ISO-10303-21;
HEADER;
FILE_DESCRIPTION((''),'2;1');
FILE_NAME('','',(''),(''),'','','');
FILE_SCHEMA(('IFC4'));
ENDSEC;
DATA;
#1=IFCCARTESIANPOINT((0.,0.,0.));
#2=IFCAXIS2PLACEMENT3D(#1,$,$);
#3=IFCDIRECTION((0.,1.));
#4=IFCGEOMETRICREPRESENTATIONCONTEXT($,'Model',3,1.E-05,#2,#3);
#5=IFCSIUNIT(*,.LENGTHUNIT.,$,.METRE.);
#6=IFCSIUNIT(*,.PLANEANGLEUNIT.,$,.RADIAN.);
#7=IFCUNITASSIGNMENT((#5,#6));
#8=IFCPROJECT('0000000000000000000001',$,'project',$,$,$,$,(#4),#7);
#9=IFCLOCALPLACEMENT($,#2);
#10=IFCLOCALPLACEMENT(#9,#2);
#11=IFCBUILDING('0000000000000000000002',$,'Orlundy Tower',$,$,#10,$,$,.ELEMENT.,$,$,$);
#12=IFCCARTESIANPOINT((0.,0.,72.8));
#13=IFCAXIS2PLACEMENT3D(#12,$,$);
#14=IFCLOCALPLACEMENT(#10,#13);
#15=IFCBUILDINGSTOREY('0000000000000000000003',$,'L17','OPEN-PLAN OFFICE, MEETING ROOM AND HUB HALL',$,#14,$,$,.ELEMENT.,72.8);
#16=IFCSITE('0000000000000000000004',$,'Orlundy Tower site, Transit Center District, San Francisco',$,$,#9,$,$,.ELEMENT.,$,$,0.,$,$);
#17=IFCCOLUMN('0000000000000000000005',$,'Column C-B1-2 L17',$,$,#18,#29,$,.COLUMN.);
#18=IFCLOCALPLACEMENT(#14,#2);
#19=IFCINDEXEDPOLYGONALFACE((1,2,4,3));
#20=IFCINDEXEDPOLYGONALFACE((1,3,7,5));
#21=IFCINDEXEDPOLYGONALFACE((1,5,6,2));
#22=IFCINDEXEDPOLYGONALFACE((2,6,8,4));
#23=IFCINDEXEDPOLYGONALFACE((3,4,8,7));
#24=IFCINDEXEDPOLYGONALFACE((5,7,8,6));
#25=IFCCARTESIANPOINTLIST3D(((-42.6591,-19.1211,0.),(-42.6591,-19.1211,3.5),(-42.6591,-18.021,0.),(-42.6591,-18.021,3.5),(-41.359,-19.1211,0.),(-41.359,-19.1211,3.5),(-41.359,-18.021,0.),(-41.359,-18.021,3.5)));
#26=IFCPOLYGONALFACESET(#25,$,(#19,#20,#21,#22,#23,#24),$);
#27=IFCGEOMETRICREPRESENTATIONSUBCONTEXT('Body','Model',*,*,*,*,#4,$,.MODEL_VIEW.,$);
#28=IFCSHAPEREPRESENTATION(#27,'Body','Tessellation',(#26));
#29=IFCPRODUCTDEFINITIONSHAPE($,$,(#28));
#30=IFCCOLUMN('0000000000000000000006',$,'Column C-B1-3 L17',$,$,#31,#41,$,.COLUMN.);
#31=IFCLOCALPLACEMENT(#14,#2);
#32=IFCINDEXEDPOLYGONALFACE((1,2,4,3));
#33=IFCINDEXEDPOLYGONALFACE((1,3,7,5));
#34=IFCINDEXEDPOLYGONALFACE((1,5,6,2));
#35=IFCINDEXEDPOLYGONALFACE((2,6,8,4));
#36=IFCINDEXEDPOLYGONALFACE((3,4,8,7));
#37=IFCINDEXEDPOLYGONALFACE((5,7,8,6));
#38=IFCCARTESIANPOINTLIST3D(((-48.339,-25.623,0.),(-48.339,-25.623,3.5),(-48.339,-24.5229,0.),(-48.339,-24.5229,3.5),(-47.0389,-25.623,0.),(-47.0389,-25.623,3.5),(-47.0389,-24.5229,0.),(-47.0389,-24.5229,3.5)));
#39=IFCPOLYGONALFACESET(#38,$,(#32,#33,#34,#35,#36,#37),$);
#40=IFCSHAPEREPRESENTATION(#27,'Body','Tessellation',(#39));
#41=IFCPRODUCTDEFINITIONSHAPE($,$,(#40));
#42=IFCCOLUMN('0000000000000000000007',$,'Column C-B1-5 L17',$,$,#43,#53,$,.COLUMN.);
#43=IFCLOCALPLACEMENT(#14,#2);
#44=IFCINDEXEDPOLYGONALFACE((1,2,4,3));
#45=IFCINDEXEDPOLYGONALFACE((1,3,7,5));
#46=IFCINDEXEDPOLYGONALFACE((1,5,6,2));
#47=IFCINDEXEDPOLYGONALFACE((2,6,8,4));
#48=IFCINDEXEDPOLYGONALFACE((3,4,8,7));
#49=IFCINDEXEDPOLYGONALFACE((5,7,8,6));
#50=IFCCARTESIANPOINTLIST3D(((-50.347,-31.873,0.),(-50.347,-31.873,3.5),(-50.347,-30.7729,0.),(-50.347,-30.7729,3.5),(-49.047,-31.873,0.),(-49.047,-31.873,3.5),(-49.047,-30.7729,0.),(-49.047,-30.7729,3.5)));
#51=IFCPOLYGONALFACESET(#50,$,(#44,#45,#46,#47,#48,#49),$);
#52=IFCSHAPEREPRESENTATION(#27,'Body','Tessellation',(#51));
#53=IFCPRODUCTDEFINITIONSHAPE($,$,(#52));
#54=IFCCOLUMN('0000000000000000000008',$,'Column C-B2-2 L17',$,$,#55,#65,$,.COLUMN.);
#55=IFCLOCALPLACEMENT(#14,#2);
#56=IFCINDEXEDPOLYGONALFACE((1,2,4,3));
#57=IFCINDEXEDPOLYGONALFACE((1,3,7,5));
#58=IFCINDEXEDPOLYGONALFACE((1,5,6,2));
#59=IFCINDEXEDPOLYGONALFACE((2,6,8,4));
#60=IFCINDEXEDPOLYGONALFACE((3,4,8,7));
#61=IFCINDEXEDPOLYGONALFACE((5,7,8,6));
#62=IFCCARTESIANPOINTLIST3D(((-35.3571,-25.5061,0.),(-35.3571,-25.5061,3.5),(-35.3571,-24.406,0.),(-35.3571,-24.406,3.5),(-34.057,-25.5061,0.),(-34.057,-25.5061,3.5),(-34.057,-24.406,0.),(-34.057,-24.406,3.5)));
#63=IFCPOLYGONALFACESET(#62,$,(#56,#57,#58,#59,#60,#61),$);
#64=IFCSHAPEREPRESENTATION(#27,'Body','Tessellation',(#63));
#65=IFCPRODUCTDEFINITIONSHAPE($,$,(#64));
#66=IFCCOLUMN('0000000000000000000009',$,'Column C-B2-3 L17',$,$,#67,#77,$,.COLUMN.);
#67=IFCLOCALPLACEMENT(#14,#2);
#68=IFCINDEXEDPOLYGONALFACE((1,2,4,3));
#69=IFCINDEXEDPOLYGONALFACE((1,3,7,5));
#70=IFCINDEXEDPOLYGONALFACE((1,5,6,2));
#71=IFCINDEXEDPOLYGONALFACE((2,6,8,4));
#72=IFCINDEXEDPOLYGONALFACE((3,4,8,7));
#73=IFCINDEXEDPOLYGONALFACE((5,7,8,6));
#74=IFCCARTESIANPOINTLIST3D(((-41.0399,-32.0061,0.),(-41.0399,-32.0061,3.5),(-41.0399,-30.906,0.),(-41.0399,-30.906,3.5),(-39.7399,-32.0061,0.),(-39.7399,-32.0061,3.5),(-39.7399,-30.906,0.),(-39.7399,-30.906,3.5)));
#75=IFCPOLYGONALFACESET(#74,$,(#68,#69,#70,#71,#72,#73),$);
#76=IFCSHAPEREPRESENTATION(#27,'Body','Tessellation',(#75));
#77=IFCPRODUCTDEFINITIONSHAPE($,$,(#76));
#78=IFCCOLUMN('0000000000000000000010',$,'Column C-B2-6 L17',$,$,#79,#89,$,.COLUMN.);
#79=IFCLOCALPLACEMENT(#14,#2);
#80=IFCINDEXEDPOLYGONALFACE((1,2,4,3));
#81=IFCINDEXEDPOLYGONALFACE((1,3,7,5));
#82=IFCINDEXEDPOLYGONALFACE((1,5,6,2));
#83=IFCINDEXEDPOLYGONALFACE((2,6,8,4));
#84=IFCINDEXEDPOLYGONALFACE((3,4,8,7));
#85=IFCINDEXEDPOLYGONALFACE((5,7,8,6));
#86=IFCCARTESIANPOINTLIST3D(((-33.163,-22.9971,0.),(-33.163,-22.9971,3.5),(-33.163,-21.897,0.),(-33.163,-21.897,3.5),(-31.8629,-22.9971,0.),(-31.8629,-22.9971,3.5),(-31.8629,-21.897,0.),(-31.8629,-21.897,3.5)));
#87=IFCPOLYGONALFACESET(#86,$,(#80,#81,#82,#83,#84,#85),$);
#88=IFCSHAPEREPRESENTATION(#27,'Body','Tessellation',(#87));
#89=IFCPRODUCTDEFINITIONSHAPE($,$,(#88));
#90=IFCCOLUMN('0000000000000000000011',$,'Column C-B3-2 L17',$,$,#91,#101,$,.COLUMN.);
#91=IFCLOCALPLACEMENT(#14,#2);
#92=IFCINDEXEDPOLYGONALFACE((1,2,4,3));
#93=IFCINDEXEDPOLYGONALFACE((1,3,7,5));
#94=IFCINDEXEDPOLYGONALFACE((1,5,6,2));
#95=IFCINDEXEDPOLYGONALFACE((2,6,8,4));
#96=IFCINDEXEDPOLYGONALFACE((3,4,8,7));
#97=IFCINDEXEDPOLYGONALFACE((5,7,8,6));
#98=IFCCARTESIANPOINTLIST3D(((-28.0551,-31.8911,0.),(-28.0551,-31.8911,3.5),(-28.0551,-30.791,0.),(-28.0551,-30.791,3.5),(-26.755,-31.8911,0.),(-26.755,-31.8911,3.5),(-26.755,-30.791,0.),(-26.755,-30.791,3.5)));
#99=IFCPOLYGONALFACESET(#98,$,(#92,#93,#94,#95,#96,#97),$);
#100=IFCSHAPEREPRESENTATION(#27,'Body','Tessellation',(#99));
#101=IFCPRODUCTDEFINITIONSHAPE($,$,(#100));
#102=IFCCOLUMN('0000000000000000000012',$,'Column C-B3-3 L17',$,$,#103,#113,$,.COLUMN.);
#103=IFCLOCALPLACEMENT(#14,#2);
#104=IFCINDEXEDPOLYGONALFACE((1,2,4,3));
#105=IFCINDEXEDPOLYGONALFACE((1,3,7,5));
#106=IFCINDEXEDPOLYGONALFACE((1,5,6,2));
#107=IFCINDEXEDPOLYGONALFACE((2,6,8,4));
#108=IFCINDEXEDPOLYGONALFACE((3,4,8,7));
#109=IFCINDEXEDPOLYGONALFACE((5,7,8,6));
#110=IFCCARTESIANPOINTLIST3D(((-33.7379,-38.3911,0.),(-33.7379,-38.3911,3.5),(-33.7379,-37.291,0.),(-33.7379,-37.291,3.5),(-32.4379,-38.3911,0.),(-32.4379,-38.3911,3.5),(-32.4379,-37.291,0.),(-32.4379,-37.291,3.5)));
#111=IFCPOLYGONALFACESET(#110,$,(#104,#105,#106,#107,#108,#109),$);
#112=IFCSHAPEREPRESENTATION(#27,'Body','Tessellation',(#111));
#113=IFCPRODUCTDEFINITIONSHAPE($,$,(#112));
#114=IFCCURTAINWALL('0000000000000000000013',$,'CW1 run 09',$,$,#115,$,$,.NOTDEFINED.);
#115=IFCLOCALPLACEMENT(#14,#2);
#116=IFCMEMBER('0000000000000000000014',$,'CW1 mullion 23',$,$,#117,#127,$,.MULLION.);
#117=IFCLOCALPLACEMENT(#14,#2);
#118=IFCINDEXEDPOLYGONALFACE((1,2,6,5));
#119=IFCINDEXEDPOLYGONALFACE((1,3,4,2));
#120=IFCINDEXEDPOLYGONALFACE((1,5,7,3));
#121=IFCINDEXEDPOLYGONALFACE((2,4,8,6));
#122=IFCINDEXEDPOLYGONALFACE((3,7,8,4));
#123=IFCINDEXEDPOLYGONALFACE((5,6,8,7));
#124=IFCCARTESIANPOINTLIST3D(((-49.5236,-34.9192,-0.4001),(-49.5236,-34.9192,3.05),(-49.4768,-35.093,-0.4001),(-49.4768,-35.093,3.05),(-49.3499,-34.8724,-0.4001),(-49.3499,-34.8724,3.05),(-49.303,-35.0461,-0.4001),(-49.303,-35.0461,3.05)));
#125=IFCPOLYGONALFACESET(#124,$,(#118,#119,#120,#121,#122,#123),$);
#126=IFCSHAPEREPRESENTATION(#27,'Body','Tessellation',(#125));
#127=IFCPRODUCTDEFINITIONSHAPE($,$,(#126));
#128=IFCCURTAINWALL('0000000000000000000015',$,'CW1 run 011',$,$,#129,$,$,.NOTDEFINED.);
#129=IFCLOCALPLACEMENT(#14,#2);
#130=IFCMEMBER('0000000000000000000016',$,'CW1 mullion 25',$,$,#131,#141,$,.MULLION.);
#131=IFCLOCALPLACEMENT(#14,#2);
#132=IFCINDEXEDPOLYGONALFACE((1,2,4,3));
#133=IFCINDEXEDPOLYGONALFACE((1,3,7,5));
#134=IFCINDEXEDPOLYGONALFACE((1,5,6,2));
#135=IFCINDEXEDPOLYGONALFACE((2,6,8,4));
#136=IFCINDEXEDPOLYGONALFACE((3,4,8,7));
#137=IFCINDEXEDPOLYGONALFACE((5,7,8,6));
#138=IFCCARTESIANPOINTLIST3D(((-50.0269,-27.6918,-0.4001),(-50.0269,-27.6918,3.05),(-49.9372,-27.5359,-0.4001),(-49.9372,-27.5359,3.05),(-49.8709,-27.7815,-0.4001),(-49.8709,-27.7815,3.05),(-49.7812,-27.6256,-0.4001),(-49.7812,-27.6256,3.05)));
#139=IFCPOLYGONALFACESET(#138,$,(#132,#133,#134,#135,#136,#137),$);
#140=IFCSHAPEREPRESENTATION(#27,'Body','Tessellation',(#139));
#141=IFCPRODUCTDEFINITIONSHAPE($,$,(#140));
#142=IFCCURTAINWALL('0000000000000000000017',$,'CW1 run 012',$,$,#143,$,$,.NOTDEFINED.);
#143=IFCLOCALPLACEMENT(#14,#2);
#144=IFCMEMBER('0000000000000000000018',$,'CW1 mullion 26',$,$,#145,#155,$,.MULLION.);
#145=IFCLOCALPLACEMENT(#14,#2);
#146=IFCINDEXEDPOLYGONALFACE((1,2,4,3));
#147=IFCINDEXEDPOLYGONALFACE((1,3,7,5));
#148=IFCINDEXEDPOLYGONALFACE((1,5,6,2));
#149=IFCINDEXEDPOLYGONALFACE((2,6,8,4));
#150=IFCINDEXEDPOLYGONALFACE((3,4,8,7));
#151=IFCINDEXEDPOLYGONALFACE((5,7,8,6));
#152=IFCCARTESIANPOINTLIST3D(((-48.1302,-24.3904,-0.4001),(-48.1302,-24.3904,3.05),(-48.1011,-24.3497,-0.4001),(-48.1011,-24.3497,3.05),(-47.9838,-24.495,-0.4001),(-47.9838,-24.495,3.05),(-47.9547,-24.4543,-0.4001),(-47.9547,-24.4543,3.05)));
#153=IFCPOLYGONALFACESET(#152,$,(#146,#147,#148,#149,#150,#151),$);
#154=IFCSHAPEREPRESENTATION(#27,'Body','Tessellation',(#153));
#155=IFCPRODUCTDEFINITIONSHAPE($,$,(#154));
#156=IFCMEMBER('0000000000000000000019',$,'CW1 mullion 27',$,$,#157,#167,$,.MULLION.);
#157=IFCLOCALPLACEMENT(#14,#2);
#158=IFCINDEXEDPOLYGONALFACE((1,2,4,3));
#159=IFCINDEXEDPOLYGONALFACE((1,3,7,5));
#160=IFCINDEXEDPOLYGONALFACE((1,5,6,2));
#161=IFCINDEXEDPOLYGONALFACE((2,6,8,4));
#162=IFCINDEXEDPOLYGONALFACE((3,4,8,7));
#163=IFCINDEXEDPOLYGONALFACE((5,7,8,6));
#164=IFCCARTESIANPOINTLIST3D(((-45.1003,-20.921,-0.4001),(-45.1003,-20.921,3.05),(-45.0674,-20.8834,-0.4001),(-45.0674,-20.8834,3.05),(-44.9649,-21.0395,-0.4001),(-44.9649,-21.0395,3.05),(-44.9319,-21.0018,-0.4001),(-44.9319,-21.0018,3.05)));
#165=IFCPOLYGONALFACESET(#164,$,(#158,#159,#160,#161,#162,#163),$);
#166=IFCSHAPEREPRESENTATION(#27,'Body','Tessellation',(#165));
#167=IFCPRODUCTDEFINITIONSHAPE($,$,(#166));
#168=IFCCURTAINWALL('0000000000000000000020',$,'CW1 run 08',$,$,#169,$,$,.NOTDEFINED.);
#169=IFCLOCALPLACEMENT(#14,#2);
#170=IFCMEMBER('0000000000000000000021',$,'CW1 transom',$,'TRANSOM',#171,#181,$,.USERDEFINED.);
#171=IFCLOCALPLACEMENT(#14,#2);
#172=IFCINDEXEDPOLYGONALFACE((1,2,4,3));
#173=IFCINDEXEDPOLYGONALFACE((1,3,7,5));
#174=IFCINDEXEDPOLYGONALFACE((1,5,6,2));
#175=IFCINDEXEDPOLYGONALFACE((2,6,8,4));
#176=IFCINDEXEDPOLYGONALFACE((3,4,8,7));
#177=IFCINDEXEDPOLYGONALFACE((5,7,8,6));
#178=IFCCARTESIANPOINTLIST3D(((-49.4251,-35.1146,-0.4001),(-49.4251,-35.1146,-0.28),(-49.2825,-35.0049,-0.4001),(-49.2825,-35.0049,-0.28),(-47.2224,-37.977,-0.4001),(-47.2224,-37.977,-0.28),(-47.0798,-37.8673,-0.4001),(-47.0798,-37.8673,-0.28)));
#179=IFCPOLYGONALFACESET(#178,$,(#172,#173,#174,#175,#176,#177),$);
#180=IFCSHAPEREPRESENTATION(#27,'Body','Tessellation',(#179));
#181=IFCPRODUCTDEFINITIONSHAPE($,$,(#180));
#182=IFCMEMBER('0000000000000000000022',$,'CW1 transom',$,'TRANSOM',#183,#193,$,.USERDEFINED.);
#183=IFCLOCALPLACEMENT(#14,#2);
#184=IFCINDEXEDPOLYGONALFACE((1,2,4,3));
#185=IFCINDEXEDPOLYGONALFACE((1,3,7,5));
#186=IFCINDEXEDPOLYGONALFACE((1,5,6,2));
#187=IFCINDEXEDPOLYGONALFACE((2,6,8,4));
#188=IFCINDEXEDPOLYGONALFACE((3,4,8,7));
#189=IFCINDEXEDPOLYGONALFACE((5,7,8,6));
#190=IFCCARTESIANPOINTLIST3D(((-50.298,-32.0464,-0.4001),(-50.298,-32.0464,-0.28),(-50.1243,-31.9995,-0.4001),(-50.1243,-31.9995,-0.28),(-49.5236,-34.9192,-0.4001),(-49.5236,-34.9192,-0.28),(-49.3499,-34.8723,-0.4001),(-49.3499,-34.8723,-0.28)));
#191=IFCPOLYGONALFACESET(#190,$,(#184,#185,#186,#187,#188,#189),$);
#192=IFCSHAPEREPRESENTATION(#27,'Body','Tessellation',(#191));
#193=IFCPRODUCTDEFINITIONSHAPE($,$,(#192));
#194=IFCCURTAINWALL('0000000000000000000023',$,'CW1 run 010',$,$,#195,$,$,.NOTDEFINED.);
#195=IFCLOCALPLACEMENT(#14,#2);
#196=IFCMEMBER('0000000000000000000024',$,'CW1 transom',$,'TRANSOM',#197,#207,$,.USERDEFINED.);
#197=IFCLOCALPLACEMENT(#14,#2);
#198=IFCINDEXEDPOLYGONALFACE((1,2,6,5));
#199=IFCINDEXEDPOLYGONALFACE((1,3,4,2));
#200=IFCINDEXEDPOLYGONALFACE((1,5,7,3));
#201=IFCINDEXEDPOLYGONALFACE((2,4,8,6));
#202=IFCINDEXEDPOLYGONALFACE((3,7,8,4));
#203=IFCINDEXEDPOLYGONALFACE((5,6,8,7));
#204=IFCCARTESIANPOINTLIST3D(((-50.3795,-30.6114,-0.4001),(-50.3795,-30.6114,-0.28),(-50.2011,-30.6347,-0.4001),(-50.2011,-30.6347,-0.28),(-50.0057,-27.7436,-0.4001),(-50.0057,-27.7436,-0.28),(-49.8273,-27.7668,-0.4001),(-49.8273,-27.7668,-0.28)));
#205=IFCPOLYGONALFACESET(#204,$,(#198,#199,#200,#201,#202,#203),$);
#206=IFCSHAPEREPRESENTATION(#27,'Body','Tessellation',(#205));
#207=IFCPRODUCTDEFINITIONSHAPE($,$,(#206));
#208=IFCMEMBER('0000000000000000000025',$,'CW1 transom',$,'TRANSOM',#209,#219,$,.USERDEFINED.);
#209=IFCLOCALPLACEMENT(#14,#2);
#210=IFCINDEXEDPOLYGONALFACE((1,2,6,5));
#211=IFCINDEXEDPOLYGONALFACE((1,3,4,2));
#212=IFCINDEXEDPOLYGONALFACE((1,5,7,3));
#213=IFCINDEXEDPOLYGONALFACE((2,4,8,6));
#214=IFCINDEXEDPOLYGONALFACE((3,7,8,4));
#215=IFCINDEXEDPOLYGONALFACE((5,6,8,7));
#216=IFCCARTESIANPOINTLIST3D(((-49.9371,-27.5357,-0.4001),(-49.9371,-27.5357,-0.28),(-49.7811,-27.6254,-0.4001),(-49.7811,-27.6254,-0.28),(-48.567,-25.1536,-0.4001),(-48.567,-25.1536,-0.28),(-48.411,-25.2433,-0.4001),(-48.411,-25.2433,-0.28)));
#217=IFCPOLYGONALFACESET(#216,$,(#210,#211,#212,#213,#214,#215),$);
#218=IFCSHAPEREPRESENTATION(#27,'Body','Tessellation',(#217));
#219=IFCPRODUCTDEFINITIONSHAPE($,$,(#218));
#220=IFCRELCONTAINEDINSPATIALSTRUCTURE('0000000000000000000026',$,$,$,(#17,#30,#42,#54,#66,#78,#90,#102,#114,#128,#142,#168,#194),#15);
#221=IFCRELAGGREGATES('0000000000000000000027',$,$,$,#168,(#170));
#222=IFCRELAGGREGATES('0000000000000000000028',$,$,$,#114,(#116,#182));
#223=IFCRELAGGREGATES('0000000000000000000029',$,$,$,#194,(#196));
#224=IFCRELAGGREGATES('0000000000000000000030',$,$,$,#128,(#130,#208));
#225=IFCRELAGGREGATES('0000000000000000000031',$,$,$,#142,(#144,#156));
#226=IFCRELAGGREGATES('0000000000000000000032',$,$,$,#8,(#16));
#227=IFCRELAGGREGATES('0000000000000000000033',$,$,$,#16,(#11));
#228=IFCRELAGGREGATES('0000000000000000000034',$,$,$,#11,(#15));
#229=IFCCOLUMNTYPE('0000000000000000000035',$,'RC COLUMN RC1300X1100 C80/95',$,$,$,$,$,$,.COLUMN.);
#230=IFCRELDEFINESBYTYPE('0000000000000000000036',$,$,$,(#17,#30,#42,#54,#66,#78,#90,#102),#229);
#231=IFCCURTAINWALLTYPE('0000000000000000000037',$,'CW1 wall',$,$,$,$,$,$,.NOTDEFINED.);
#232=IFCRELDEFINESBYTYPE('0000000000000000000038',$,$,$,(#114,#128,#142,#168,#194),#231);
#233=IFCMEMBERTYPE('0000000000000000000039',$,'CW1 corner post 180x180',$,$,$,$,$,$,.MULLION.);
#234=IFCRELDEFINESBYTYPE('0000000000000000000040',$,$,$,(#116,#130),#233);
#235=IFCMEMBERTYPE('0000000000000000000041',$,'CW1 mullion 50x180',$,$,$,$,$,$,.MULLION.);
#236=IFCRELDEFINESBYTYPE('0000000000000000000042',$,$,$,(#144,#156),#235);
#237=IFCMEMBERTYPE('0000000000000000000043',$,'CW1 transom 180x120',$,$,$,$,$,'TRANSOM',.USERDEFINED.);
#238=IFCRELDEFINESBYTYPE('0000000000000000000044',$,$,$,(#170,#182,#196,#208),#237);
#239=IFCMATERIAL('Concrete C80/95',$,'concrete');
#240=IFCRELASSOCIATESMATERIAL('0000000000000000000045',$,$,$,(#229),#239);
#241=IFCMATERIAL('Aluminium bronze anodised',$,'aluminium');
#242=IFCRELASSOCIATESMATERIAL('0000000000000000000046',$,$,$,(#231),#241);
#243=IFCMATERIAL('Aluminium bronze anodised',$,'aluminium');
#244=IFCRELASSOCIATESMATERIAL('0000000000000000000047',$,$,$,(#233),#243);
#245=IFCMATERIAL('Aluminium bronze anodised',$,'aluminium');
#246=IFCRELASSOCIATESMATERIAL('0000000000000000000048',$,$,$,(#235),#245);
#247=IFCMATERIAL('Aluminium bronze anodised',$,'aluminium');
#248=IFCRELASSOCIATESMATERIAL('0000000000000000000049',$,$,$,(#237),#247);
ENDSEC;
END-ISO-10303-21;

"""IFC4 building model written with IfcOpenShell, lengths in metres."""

from ifc_helpers import new_model, si_unit, direction, frame, origin, origin_2d, place, context, subcontext, project, spatial, rectangle, extrude, material, material_profile, profile_set, type_object, element, aggregate, save


model = new_model("IFC4")

# Units and contexts
model_context = context("Model", 3, precision=1e-05, world=origin(), true_north=direction((0.0, 1.0)))
body_context = subcontext(model_context, "Body", "Model", "MODEL_VIEW")
ifc_project = project(units=[si_unit("LENGTHUNIT", "METRE"), si_unit("PLANEANGLEUNIT", "RADIAN")], contexts=[model_context])

# Site, building, storey
site_placement = place(None, origin())
site = spatial("IfcSite", under=ifc_project, at=site_placement, Name="Orlundy Tower site, Transit Center District, San Francisco", CompositionType="ELEMENT", RefElevation=0.0)
building_placement = place(site_placement, origin())
building = spatial("IfcBuilding", under=site, at=building_placement, Name="Orlundy Tower", CompositionType="ELEMENT")
storey_placement = place(building_placement, frame((0.0, 0.0, 72.8)))
storey = spatial("IfcBuildingStorey", under=building, at=storey_placement, Name="L17", Description="OPEN-PLAN OFFICE, MEETING ROOM AND HUB HALL", CompositionType="ELEMENT", Elevation=72.8)

# Columns
ifc_material_1 = material(Name="Concrete C80/95", Category="concrete")
ifc_material_profile_1 = material_profile(ifc_material_1, rectangle(XDim=1.3, YDim=1.1001, at=origin_2d()), Name="RC1300X1100")
ifc_profile_set_1 = profile_set([ifc_material_profile_1], Name="Concrete C80/95")
column_type = type_object("IfcColumnType", Name="RC COLUMN RC1300X1100 C80/95", PredefinedType="COLUMN", material=ifc_profile_set_1)
for number, where, z_axis, x_axis, name in (
    (1, (-42.009, -18.571, 0.0), (0.0, 0.0, 1.0), (1.0, 0.0, 0.0), "Column C-B1-2 L17"),
    (2, (-47.689, -25.073, 0.0), (0.0, 0.0, 1.0), (1.0, 0.0, 0.0), "Column C-B1-3 L17"),
    (3, (-49.697, -31.323, 0.0), (0.0, 0.0, 1.0), (1.0, 0.0, 0.0), "Column C-B1-5 L17"),
    (4, (-34.707, -24.9561, 0.0), (0.0, 0.0, 1.0), (1.0, 0.0, 0.0), "Column C-B2-2 L17"),
    (5, (-40.3899, -31.4561, 0.0), (0.0, 0.0, 1.0), (1.0, 0.0, 0.0), "Column C-B2-3 L17"),
    (6, (-32.5129, -22.447, 0.0), (0.0, 0.0, 1.0), (1.0, 0.0, 0.0), "Column C-B2-6 L17"),
    (7, (-27.405, -31.3411, 0.0), (0.0, 0.0, 1.0), (1.0, 0.0, 0.0), "Column C-B3-2 L17"),
    (8, (-33.0879, -37.8411, 0.0), (0.0, 0.0, 1.0), (1.0, 0.0, 0.0), "Column C-B3-3 L17"),
):
    element("IfcColumn", number, at=place(storey_placement, frame(where, z_axis=z_axis, x_axis=x_axis)), inside=storey, type_object=column_type, Name=name, PredefinedType="COLUMN", context=body_context, shape_type="SweptSolid", body=[
        extrude(rectangle(XDim=1.3, YDim=1.1001, at=origin_2d()), origin(), (0.0, 0.0, 1.0), 3.5),
    ])

# Curtain walls, members
ifc_material_2 = material(Name="Aluminium bronze anodised", Category="aluminium")
curtain_wall_type = type_object("IfcCurtainWallType", Name="CW1 wall", PredefinedType="NOTDEFINED", material=ifc_material_2)
curtain_wall_1_placement = place(storey_placement, origin())
curtain_wall_1 = element("IfcCurtainWall", 9, at=curtain_wall_1_placement, inside=storey, type_object=curtain_wall_type, Name="CW1 run 09", PredefinedType="NOTDEFINED")
ifc_material_3 = material(Name="Aluminium bronze anodised", Category="aluminium")
ifc_material_profile_2 = material_profile(ifc_material_3, rectangle(XDim=0.1799, YDim=0.1799, at=origin_2d()), Name="CW1 corner post 180x180")
ifc_profile_set_2 = profile_set([ifc_material_profile_2], Name="Aluminium bronze anodised")
member_type_1 = type_object("IfcMemberType", Name="CW1 corner post 180x180", PredefinedType="MULLION", material=ifc_profile_set_2)
member_1_placement = place(storey_placement, frame((-49.4133, -34.9827, -0.4001), z_axis=(0.0, 0.0, 1.0), x_axis=(-0.965519, -0.260331, 0.0)))
member_1 = element("IfcMember", 10, at=member_1_placement, type_object=member_type_1, Name="CW1 mullion 23", PredefinedType="MULLION", context=body_context, shape_type="SweptSolid", body=[
    extrude(rectangle(XDim=0.1799, YDim=0.1799, at=origin_2d()), origin(), (0.0, 0.0, 1.0), 3.4502),
])
curtain_wall_2_placement = place(storey_placement, origin())
curtain_wall_2 = element("IfcCurtainWall", 11, at=curtain_wall_2_placement, inside=storey, type_object=curtain_wall_type, Name="CW1 run 011", PredefinedType="NOTDEFINED")
member_2_placement = place(storey_placement, frame((-49.9041, -27.6587, -0.4001), z_axis=(0.0, 0.0, 1.0), x_axis=(-0.866845, 0.498578, 0.0)))
member_2 = element("IfcMember", 12, at=member_2_placement, type_object=member_type_1, Name="CW1 mullion 25", PredefinedType="MULLION", context=body_context, shape_type="SweptSolid", body=[
    extrude(rectangle(XDim=0.1799, YDim=0.1799, at=origin_2d()), origin(), (0.0, 0.0, 1.0), 3.4502),
])

# Curtain wall, members
curtain_wall_3_placement = place(storey_placement, origin())
curtain_wall_3 = element("IfcCurtainWall", 13, at=curtain_wall_3_placement, inside=storey, type_object=curtain_wall_type, Name="CW1 run 012", PredefinedType="NOTDEFINED")
ifc_material_4 = material(Name="Aluminium bronze anodised", Category="aluminium")
ifc_material_profile_3 = material_profile(ifc_material_4, rectangle(XDim=0.1799, YDim=0.05, at=origin_2d()), Name="CW1 mullion 50x180")
ifc_profile_set_3 = profile_set([ifc_material_profile_3], Name="Aluminium bronze anodised")
member_type_2 = type_object("IfcMemberType", Name="CW1 mullion 50x180", PredefinedType="MULLION", material=ifc_profile_set_3)
member_3_placement = place(storey_placement, frame((-48.0425, -24.4224, -0.4001), z_axis=(0.0, 0.0, 1.0), x_axis=(-0.813739, 0.58123, 0.0)))
member_3 = element("IfcMember", 14, at=member_3_placement, type_object=member_type_2, Name="CW1 mullion 26", PredefinedType="MULLION", context=body_context, shape_type="SweptSolid", body=[
    extrude(rectangle(XDim=0.1799, YDim=0.05, at=origin_2d()), origin(), (0.0, 0.0, 1.0), 3.4502),
])
member_4_placement = place(storey_placement, frame((-45.0161, -20.9614, -0.4001), z_axis=(0.0, 0.0, 1.0), x_axis=(-0.752779, 0.658273, 0.0)))
member_4 = element("IfcMember", 15, at=member_4_placement, type_object=member_type_2, Name="CW1 mullion 27", PredefinedType="MULLION", context=body_context, shape_type="SweptSolid", body=[
    extrude(rectangle(XDim=0.1799, YDim=0.05, at=origin_2d()), origin(), (0.0, 0.0, 1.0), 3.4502),
])

# Curtain wall, member
curtain_wall_4_placement = place(storey_placement, origin())
curtain_wall_4 = element("IfcCurtainWall", 16, at=curtain_wall_4_placement, inside=storey, type_object=curtain_wall_type, Name="CW1 run 08", PredefinedType="NOTDEFINED")
ifc_material_5 = material(Name="Aluminium bronze anodised", Category="aluminium")
ifc_material_profile_4 = material_profile(ifc_material_5, rectangle(XDim=0.1799, YDim=0.1201, at=origin_2d()), Name="CW1 transom 180x120")
ifc_profile_set_4 = profile_set([ifc_material_profile_4], Name="Aluminium bronze anodised")
member_type_3 = type_object("IfcMemberType", Name="CW1 transom 180x120", ElementType="TRANSOM", PredefinedType="USERDEFINED", material=ifc_profile_set_4)
member_5_placement = place(storey_placement, frame((-47.1511, -37.9221, -0.3401), z_axis=(-0.609861, 0.792508, 0.0), x_axis=(-0.792508, -0.609861, 0.0)))
member_5 = element("IfcMember", 17, at=member_5_placement, type_object=member_type_3, Name="CW1 transom", ObjectType="TRANSOM", PredefinedType="USERDEFINED", context=body_context, shape_type="SweptSolid", body=[
    extrude(rectangle(XDim=0.1799, YDim=0.1201, at=origin_2d()), origin(), (0.0, 0.0, 1.0), 3.6118),
])

# Member
member_6_placement = place(storey_placement, frame((-49.4368, -34.8958, -0.3401), z_axis=(-0.260277, 0.965534, 0.0), x_axis=(-0.965534, -0.260277, 0.0)))
member_6 = element("IfcMember", 18, at=member_6_placement, type_object=member_type_3, Name="CW1 transom", ObjectType="TRANSOM", PredefinedType="USERDEFINED", context=body_context, shape_type="SweptSolid", body=[
    extrude(rectangle(XDim=0.1799, YDim=0.1201, at=origin_2d()), origin(), (0.0, 0.0, 1.0), 2.9753),
])

# Curtain wall, member
curtain_wall_5_placement = place(storey_placement, origin())
curtain_wall_5 = element("IfcCurtainWall", 19, at=curtain_wall_5_placement, inside=storey, type_object=curtain_wall_type, Name="CW1 run 010", PredefinedType="NOTDEFINED")
member_7_placement = place(storey_placement, frame((-50.2903, -30.623, -0.3401), z_axis=(0.129238, 0.991614, 0.0), x_axis=(-0.991614, 0.129238, 0.0)))
member_7 = element("IfcMember", 20, at=member_7_placement, type_object=member_type_3, Name="CW1 transom", ObjectType="TRANSOM", PredefinedType="USERDEFINED", context=body_context, shape_type="SweptSolid", body=[
    extrude(rectangle(XDim=0.1799, YDim=0.1201, at=origin_2d()), origin(), (0.0, 0.0, 1.0), 2.8921),
])

# Member
member_8_placement = place(storey_placement, frame((-49.8591, -27.5806, -0.3401), z_axis=(0.498586, 0.86684, 0.0), x_axis=(-0.86684, 0.498586, 0.0)))
member_8 = element("IfcMember", 21, at=member_8_placement, type_object=member_type_3, Name="CW1 transom", ObjectType="TRANSOM", PredefinedType="USERDEFINED", context=body_context, shape_type="SweptSolid", body=[
    extrude(rectangle(XDim=0.1799, YDim=0.1201, at=origin_2d()), origin(), (0.0, 0.0, 1.0), 2.748),
])

aggregate(curtain_wall_4, [member_5])
aggregate(curtain_wall_1, [member_1, member_6])
aggregate(curtain_wall_5, [member_7])
aggregate(curtain_wall_2, [member_2, member_8])
aggregate(curtain_wall_3, [member_3, member_4])

save(model, "model.ifc")
